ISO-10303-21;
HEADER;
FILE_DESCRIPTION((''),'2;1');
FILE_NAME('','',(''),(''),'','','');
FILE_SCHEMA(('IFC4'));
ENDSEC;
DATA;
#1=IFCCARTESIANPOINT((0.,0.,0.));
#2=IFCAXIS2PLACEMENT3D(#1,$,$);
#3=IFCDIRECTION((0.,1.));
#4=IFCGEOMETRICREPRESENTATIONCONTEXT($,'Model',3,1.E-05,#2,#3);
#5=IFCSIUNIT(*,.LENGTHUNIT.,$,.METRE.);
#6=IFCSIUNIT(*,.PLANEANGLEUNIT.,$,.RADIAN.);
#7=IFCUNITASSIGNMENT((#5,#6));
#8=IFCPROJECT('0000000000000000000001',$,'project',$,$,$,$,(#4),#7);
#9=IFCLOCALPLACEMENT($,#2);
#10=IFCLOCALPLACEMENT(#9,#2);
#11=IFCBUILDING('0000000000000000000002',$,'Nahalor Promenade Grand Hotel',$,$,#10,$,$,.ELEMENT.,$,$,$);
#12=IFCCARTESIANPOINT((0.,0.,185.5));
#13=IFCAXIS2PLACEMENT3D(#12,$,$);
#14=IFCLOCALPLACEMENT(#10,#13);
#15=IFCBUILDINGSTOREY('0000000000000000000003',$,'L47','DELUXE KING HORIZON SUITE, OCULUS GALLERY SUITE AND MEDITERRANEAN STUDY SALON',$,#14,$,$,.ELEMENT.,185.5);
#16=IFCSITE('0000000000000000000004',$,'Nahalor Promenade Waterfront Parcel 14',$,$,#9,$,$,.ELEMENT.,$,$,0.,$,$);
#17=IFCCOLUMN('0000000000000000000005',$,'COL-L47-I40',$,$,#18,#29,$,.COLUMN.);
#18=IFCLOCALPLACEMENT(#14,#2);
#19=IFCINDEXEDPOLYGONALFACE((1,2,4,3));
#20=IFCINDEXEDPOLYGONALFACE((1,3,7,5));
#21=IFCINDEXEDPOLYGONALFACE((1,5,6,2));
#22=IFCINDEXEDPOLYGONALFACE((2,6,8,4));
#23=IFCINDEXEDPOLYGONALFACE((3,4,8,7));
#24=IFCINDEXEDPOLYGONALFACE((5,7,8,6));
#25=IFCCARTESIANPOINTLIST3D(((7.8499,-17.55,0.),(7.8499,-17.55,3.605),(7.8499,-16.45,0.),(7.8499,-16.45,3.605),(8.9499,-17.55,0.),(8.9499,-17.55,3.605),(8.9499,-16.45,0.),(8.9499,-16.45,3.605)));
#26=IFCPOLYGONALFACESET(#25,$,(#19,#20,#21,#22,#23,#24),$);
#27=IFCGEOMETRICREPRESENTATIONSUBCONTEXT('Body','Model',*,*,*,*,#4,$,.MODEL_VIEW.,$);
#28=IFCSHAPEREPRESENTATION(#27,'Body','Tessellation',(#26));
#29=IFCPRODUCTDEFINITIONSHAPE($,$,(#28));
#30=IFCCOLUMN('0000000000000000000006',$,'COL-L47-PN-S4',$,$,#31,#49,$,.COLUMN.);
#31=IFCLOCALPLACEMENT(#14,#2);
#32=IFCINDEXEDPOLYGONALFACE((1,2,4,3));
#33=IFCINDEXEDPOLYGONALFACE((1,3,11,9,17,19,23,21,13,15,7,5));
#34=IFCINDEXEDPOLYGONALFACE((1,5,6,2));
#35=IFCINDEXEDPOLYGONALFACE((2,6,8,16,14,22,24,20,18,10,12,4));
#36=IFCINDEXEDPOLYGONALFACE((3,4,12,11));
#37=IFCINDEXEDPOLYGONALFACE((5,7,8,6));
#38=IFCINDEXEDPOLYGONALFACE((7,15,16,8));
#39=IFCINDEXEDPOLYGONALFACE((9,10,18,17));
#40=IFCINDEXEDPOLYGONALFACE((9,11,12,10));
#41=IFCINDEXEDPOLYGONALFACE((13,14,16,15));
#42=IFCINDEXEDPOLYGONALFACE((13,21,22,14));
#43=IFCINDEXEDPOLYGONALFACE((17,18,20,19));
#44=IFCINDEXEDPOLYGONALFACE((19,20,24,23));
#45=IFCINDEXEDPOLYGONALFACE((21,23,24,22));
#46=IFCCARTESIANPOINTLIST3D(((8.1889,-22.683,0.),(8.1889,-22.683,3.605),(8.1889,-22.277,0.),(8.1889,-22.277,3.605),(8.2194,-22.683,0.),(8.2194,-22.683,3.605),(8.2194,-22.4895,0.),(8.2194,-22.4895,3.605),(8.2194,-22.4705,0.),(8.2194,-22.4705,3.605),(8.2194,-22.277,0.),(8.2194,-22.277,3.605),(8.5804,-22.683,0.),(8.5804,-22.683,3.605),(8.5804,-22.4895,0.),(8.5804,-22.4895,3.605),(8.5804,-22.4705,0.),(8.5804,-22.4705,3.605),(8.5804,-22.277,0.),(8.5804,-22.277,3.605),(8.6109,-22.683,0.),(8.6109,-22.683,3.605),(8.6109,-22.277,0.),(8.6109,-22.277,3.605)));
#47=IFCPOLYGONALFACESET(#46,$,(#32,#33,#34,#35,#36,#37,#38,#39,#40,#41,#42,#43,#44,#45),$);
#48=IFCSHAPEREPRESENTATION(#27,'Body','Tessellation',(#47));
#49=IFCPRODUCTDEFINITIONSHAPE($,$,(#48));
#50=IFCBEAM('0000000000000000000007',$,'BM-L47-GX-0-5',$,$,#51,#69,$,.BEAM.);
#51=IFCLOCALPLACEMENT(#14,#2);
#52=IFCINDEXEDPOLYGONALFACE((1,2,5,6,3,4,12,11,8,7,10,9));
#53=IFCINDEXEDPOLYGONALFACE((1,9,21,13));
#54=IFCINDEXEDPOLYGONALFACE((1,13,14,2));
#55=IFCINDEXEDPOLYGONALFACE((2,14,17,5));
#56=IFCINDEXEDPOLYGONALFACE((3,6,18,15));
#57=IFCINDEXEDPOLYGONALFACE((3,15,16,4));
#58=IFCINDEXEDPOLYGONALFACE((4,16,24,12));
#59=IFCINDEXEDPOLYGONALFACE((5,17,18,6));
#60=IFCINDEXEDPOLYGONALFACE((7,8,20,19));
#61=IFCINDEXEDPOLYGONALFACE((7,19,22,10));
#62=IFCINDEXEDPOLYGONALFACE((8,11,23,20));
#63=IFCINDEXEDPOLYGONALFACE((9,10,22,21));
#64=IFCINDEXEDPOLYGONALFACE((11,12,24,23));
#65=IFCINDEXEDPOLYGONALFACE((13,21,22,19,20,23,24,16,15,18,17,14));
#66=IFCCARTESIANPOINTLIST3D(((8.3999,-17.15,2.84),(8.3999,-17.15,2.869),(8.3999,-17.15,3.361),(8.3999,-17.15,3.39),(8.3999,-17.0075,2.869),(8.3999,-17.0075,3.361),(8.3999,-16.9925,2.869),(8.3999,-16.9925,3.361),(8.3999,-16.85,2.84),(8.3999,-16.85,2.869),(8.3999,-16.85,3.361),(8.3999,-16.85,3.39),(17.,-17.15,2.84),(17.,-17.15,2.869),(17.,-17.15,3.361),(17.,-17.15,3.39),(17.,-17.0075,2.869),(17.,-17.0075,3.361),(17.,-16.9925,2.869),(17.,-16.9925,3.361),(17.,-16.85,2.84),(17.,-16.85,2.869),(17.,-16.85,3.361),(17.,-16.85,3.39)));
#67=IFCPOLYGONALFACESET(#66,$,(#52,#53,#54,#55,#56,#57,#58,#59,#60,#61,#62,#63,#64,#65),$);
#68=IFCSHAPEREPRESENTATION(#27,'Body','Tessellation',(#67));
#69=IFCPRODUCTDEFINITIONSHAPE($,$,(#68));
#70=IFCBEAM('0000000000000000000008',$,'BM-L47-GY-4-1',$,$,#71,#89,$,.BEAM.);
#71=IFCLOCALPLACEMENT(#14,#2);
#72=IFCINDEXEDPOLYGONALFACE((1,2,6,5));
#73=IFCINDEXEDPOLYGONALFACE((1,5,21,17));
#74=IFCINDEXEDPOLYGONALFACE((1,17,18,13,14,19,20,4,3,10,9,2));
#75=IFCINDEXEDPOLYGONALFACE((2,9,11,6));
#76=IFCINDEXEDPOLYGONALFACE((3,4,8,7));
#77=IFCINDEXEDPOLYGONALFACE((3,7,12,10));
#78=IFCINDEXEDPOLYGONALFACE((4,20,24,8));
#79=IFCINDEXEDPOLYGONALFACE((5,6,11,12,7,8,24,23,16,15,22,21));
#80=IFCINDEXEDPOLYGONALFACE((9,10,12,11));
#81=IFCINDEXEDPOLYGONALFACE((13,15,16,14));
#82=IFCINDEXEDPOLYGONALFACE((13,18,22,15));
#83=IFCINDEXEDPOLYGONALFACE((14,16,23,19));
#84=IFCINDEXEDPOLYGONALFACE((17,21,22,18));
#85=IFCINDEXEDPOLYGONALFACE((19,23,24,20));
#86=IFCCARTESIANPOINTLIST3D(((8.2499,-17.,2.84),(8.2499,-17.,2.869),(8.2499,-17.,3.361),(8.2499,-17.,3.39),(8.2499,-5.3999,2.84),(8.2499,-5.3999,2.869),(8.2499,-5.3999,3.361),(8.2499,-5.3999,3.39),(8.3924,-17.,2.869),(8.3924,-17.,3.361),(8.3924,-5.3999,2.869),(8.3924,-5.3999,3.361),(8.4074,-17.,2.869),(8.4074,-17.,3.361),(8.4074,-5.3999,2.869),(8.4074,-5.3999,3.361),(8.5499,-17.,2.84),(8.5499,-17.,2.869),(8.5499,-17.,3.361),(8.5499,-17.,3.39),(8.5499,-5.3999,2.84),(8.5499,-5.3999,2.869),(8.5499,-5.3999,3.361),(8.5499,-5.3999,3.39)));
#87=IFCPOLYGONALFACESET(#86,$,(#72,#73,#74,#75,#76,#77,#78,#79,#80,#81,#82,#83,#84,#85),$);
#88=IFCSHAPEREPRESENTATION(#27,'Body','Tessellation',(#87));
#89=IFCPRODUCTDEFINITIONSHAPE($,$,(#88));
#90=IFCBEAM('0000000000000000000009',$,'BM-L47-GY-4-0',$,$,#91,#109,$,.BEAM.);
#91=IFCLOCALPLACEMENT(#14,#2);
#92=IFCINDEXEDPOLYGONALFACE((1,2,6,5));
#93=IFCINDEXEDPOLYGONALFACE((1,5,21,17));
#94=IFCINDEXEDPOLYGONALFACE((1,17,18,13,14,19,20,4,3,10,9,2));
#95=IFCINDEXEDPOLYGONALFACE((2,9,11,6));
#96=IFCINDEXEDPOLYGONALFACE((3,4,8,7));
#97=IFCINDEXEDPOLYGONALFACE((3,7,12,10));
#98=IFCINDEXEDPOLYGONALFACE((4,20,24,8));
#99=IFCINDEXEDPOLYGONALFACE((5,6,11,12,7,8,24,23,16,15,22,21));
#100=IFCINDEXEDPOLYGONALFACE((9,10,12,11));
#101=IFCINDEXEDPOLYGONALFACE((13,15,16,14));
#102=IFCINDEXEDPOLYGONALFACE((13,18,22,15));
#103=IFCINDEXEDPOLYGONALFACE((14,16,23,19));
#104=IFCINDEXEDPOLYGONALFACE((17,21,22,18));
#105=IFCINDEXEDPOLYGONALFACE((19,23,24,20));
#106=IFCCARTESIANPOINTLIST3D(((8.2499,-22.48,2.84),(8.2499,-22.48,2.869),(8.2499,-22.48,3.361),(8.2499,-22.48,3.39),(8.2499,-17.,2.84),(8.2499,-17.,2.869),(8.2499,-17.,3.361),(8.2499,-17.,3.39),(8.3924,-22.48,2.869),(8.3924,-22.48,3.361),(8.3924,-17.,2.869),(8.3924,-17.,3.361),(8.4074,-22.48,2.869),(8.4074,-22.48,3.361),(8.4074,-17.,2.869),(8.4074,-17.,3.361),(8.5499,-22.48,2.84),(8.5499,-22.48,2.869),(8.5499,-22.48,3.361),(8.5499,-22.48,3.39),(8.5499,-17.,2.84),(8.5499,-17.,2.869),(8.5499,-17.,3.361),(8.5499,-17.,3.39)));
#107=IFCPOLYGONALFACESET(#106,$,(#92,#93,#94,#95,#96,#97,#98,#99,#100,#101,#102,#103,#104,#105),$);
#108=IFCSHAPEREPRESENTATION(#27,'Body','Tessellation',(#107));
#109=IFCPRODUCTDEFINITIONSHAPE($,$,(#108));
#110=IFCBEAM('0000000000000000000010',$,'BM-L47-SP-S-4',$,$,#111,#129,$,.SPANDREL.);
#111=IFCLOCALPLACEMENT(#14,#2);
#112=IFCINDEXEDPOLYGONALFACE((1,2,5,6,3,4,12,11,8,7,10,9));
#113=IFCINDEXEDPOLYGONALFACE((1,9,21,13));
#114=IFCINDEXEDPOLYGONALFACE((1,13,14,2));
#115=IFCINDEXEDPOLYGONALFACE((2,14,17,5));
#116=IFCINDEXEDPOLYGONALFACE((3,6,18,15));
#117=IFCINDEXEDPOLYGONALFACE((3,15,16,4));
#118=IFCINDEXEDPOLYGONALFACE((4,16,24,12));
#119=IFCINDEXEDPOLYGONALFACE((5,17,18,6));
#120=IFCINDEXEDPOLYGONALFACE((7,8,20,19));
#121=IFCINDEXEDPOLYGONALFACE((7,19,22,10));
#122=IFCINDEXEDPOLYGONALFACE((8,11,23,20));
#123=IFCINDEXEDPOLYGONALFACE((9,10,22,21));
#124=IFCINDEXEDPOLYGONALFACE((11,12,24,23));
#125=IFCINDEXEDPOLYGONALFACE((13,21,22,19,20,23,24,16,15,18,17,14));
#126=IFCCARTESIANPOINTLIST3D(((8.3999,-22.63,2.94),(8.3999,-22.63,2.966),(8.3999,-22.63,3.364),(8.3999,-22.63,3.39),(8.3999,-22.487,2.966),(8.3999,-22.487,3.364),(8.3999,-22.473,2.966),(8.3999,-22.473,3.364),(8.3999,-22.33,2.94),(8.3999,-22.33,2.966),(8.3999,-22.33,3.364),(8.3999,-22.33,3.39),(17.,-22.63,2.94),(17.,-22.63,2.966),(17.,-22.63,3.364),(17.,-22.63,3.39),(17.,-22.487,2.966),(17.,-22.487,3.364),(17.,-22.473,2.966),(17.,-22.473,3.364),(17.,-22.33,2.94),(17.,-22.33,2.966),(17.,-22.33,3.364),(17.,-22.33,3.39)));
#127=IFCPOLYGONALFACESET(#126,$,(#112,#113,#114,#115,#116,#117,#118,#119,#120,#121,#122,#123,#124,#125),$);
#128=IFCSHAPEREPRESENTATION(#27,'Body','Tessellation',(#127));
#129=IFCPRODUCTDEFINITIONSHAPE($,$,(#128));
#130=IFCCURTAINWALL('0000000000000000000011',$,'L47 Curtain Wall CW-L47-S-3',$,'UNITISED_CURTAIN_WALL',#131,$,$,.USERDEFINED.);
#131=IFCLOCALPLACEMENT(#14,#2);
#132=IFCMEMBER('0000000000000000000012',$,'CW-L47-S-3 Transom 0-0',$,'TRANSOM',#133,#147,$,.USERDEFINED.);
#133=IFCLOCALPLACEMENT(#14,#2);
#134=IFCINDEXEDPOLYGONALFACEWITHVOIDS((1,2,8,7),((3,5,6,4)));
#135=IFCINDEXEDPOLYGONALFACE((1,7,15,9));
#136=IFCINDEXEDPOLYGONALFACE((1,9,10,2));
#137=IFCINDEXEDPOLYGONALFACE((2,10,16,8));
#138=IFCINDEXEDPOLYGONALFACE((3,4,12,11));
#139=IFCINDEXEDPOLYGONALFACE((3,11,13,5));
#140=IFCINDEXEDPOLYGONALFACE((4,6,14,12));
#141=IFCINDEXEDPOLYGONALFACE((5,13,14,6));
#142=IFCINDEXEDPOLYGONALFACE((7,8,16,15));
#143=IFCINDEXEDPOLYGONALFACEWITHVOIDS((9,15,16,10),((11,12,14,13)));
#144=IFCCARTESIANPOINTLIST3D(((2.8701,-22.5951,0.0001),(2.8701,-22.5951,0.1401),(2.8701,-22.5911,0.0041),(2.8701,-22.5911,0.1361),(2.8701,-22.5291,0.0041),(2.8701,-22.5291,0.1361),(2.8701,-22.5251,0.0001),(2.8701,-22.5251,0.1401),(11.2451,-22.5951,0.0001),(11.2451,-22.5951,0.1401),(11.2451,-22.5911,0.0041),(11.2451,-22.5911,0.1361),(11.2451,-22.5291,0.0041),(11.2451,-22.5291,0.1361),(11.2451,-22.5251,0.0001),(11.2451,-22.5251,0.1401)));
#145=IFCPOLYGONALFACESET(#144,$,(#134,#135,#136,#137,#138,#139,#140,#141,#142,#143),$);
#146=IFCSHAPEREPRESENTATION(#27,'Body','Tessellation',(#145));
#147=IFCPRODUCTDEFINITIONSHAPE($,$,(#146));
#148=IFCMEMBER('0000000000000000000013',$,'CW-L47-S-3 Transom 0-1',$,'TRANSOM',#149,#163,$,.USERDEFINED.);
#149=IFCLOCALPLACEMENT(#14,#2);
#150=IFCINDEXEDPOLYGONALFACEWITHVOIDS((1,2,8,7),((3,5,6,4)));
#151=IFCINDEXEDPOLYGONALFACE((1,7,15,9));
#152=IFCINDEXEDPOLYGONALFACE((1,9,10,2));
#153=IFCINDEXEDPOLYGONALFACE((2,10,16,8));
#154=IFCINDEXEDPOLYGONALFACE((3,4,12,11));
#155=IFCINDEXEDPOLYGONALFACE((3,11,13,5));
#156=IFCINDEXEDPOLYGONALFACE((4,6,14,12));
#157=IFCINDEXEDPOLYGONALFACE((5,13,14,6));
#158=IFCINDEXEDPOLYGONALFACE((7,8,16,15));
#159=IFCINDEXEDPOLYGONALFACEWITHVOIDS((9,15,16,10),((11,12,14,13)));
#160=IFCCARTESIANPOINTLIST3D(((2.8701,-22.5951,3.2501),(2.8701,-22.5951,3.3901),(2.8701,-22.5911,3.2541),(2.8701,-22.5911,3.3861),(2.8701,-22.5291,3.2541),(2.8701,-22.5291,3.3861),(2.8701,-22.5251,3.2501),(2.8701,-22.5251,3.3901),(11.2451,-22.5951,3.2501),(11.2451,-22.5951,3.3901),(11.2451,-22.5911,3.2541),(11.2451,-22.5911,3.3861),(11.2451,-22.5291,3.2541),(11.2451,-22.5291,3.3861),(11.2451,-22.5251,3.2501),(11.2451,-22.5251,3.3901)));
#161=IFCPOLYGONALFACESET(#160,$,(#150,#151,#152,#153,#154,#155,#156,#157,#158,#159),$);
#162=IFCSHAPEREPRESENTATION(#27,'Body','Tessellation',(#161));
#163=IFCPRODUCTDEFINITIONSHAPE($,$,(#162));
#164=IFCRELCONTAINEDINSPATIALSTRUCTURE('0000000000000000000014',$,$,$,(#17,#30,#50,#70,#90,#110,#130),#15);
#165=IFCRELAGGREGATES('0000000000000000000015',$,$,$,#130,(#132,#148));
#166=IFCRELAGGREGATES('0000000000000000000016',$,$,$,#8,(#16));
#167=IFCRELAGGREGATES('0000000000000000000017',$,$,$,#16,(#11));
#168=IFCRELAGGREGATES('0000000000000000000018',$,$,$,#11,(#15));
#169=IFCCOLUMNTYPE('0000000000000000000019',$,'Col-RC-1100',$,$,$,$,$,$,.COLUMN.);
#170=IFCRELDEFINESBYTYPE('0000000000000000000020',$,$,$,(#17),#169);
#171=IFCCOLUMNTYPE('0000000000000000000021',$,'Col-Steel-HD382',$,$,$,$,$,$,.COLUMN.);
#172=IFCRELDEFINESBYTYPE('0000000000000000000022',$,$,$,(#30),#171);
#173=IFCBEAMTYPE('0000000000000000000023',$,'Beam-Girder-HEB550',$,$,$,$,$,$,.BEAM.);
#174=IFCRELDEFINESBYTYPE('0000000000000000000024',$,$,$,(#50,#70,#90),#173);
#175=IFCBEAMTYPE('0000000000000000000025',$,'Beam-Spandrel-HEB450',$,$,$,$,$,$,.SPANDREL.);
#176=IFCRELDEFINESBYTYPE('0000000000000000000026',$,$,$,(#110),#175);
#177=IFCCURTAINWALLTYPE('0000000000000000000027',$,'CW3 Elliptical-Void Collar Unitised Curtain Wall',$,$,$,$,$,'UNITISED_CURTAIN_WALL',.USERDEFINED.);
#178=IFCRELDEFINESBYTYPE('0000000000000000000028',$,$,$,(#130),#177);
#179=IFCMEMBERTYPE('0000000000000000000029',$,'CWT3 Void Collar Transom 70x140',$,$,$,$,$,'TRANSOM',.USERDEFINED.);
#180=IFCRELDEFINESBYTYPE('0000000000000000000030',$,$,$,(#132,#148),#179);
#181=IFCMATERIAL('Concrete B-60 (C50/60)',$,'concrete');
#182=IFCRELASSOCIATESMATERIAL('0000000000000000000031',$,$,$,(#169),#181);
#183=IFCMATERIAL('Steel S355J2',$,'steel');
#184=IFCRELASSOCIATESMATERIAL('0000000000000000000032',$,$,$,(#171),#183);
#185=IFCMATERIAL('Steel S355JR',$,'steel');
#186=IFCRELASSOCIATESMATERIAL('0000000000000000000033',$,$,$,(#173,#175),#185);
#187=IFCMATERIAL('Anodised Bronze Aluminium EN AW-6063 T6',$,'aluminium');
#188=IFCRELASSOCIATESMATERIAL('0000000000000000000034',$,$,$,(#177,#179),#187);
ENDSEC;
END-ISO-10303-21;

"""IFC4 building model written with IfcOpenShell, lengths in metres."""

from ifc_helpers import new_model, si_unit, direction, frame, origin, origin_2d, place, context, subcontext, project, spatial, rectangle, hollow_rectangle, i_section, extrude, source, transform, mapped, material, material_profile, profile_set, type_object, element, aggregate, save


model = new_model("IFC4")

# Units and contexts
model_context = context("Model", 3, precision=1e-05, world=origin(), true_north=direction((0.0, 1.0)))
body_context = subcontext(model_context, "Body", "Model", "MODEL_VIEW")
ifc_project = project(units=[si_unit("LENGTHUNIT", "METRE"), si_unit("PLANEANGLEUNIT", "RADIAN")], contexts=[model_context])

# Site, building, storey
site_placement = place(None, origin())
site = spatial("IfcSite", under=ifc_project, at=site_placement, Name="Nahalor Promenade Waterfront Parcel 14", CompositionType="ELEMENT", RefElevation=0.0)
building_placement = place(site_placement, origin())
building = spatial("IfcBuilding", under=site, at=building_placement, Name="Nahalor Promenade Grand Hotel", CompositionType="ELEMENT")
storey_placement = place(building_placement, frame((0.0, 0.0, 185.5)))
storey = spatial("IfcBuildingStorey", under=building, at=storey_placement, Name="L47", Description="DELUXE KING HORIZON SUITE, OCULUS GALLERY SUITE AND MEDITERRANEAN STUDY SALON", CompositionType="ELEMENT", Elevation=185.5)

# Columns
ifc_material_1 = material(Name="Concrete B-60 (C50/60)", Category="concrete")
ifc_material_profile_1 = material_profile(ifc_material_1, rectangle(XDim=1.1, YDim=1.1, at=origin_2d()), Name="RC 1100x1100")
ifc_profile_set_1 = profile_set([ifc_material_profile_1], Name="Concrete B-60 (C50/60)")
column_type_1 = type_object("IfcColumnType", Name="Col-RC-1100", PredefinedType="COLUMN", material=ifc_profile_set_1)
shared_shape_1 = source(origin(), body_context, "Body", "SweptSolid", [
    extrude(rectangle(XDim=1.1, YDim=1.1, at=origin_2d()), origin(), (0.0, 0.0, 1.0), 3.605),
])
column_1_placement = place(storey_placement, frame((8.3999, -17.0, 0.0), z_axis=(0.0, 0.0, 1.0), x_axis=(1.0, 0.0, 0.0)))
element("IfcColumn", 1, at=column_1_placement, inside=storey, type_object=column_type_1, Name="COL-L47-I40", PredefinedType="COLUMN", context=body_context, shape_type="MappedRepresentation", body=[
    mapped(shared_shape_1, transform((0.0, 0.0, 0.0), scale=1.0)),
])
ifc_material_2 = material(Name="Steel S355J2", Category="steel")
ifc_material_profile_2 = material_profile(ifc_material_2, i_section(OverallWidth=0.406, OverallDepth=0.422, WebThickness=0.019, FlangeThickness=0.0305, at=origin_2d()), Name="HD 400x382")
ifc_profile_set_2 = profile_set([ifc_material_profile_2], Name="Steel S355J2")
column_type_2 = type_object("IfcColumnType", Name="Col-Steel-HD382", PredefinedType="COLUMN", material=ifc_profile_set_2)
shared_shape_2 = source(origin(), body_context, "Body", "SweptSolid", [
    extrude(i_section(OverallWidth=0.406, OverallDepth=0.422, WebThickness=0.019, FlangeThickness=0.0305, at=origin_2d()), origin(), (0.0, 0.0, 1.0), 3.605),
])
column_2_placement = place(storey_placement, frame((8.3999, -22.48, 0.0), z_axis=(0.0, 0.0, 1.0), x_axis=(0.0, 1.0, 0.0)))
element("IfcColumn", 2, at=column_2_placement, inside=storey, type_object=column_type_2, Name="COL-L47-PN-S4", PredefinedType="COLUMN", context=body_context, shape_type="MappedRepresentation", body=[
    mapped(shared_shape_2, transform((0.0, 0.0, 0.0), scale=1.0)),
])

# Beams
ifc_material_3 = material(Name="Steel S355JR", Category="steel")
ifc_material_profile_3 = material_profile(ifc_material_3, i_section(OverallWidth=0.3, OverallDepth=0.55, WebThickness=0.015, FlangeThickness=0.029, at=origin_2d()), Name="HEB 550")
ifc_profile_set_3 = profile_set([ifc_material_profile_3], Name="Steel S355JR")
beam_type_1 = type_object("IfcBeamType", Name="Beam-Girder-HEB550", PredefinedType="BEAM", material=ifc_profile_set_3)
shared_shape_3 = source(origin(), body_context, "Body", "SweptSolid", [
    extrude(i_section(OverallWidth=0.3, OverallDepth=0.55, WebThickness=0.015, FlangeThickness=0.029, at=origin_2d()), origin(), (0.0, 0.0, 1.0), 8.6001),
])
beam_1_placement = place(storey_placement, frame((8.3999, -17.0, 3.115), z_axis=(1.0, 0.0, 0.0), x_axis=(0.0, 1.0, 0.0)))
element("IfcBeam", 3, at=beam_1_placement, inside=storey, type_object=beam_type_1, Name="BM-L47-GX-0-5", PredefinedType="BEAM", context=body_context, shape_type="MappedRepresentation", body=[
    mapped(shared_shape_3, transform((0.0, 0.0, 0.0), scale=1.0)),
])
shared_shape_4 = source(origin(), body_context, "Body", "SweptSolid", [
    extrude(i_section(OverallWidth=0.3, OverallDepth=0.55, WebThickness=0.015, FlangeThickness=0.029, at=origin_2d()), origin(), (0.0, 0.0, 1.0), 11.6001),
])
beam_2_placement = place(storey_placement, frame((8.3999, -17.0, 3.115), z_axis=(0.0, 1.0, 0.0), x_axis=(-1.0, 0.0, 0.0)))
element("IfcBeam", 4, at=beam_2_placement, inside=storey, type_object=beam_type_1, Name="BM-L47-GY-4-1", PredefinedType="BEAM", context=body_context, shape_type="MappedRepresentation", body=[
    mapped(shared_shape_4, transform((0.0, 0.0, 0.0), scale=1.0)),
])
shared_shape_5 = source(origin(), body_context, "Body", "SweptSolid", [
    extrude(i_section(OverallWidth=0.3, OverallDepth=0.55, WebThickness=0.015, FlangeThickness=0.029, at=origin_2d()), origin(), (0.0, 0.0, 1.0), 5.48),
])
beam_3_placement = place(storey_placement, frame((8.3999, -22.48, 3.115), z_axis=(0.0, 1.0, 0.0), x_axis=(-1.0, 0.0, 0.0)))
element("IfcBeam", 5, at=beam_3_placement, inside=storey, type_object=beam_type_1, Name="BM-L47-GY-4-0", PredefinedType="BEAM", context=body_context, shape_type="MappedRepresentation", body=[
    mapped(shared_shape_5, transform((0.0, 0.0, 0.0), scale=1.0)),
])
ifc_material_profile_4 = material_profile(ifc_material_3, i_section(OverallWidth=0.3, OverallDepth=0.45, WebThickness=0.014, FlangeThickness=0.026, at=origin_2d()), Name="HEB 450")
ifc_profile_set_4 = profile_set([ifc_material_profile_4], Name="Steel S355JR")
beam_type_2 = type_object("IfcBeamType", Name="Beam-Spandrel-HEB450", PredefinedType="SPANDREL", material=ifc_profile_set_4)
shared_shape_6 = source(origin(), body_context, "Body", "SweptSolid", [
    extrude(i_section(OverallWidth=0.3, OverallDepth=0.45, WebThickness=0.014, FlangeThickness=0.026, at=origin_2d()), origin(), (0.0, 0.0, 1.0), 8.6001),
])
beam_4_placement = place(storey_placement, frame((8.3999, -22.48, 3.165), z_axis=(1.0, 0.0, 0.0), x_axis=(0.0, 1.0, 0.0)))
element("IfcBeam", 6, at=beam_4_placement, inside=storey, type_object=beam_type_2, Name="BM-L47-SP-S-4", PredefinedType="SPANDREL", context=body_context, shape_type="MappedRepresentation", body=[
    mapped(shared_shape_6, transform((0.0, 0.0, 0.0), scale=1.0)),
])

# Curtain wall, members
ifc_material_4 = material(Name="Anodised Bronze Aluminium EN AW-6063 T6", Category="aluminium")
curtain_wall_type = type_object("IfcCurtainWallType", Name="CW3 Elliptical-Void Collar Unitised Curtain Wall", ElementType="UNITISED_CURTAIN_WALL", PredefinedType="USERDEFINED", material=ifc_material_4)
curtain_wall_placement = place(storey_placement, origin())
curtain_wall = element("IfcCurtainWall", 7, at=curtain_wall_placement, inside=storey, type_object=curtain_wall_type, Name="L47 Curtain Wall CW-L47-S-3", ObjectType="UNITISED_CURTAIN_WALL", PredefinedType="USERDEFINED")
ifc_material_profile_5 = material_profile(ifc_material_4, hollow_rectangle(XDim=0.07, YDim=0.14, WallThickness=0.004, at=origin_2d()), Name="CWT 70x140x4")
ifc_profile_set_5 = profile_set([ifc_material_profile_5], Name="Anodised Bronze Aluminium EN AW-6063 T6")
member_type_1 = type_object("IfcMemberType", Name="CWT3 Void Collar Transom 70x140", ElementType="TRANSOM", PredefinedType="USERDEFINED", material=ifc_profile_set_5)
shared_shape_7 = source(origin(), body_context, "Body", "SweptSolid", [
    extrude(hollow_rectangle(XDim=0.07, YDim=0.14, WallThickness=0.004, at=origin_2d()), origin(), (0.0, 0.0, 1.0), 8.375),
])
member_1_placement = place(storey_placement, frame((2.8701, -22.5601, 0.0701), z_axis=(1.0, 0.0, 0.0), x_axis=(0.0, 1.0, 0.0)))
member_1 = element("IfcMember", 8, at=member_1_placement, type_object=member_type_1, Name="CW-L47-S-3 Transom 0-0", ObjectType="TRANSOM", PredefinedType="USERDEFINED", context=body_context, shape_type="MappedRepresentation", body=[
    mapped(shared_shape_7, transform((0.0, 0.0, 0.0), scale=1.0)),
])
member_2_placement = place(storey_placement, frame((2.8701, -22.5601, 3.3201), z_axis=(1.0, 0.0, 0.0), x_axis=(0.0, 1.0, 0.0)))
member_2 = element("IfcMember", 9, at=member_2_placement, type_object=member_type_1, Name="CW-L47-S-3 Transom 0-1", ObjectType="TRANSOM", PredefinedType="USERDEFINED", context=body_context, shape_type="MappedRepresentation", body=[
    mapped(shared_shape_7, transform((0.0, 0.0, 0.0), scale=1.0)),
])
aggregate(curtain_wall, [member_1, member_2])

save(model, "model.ifc")
